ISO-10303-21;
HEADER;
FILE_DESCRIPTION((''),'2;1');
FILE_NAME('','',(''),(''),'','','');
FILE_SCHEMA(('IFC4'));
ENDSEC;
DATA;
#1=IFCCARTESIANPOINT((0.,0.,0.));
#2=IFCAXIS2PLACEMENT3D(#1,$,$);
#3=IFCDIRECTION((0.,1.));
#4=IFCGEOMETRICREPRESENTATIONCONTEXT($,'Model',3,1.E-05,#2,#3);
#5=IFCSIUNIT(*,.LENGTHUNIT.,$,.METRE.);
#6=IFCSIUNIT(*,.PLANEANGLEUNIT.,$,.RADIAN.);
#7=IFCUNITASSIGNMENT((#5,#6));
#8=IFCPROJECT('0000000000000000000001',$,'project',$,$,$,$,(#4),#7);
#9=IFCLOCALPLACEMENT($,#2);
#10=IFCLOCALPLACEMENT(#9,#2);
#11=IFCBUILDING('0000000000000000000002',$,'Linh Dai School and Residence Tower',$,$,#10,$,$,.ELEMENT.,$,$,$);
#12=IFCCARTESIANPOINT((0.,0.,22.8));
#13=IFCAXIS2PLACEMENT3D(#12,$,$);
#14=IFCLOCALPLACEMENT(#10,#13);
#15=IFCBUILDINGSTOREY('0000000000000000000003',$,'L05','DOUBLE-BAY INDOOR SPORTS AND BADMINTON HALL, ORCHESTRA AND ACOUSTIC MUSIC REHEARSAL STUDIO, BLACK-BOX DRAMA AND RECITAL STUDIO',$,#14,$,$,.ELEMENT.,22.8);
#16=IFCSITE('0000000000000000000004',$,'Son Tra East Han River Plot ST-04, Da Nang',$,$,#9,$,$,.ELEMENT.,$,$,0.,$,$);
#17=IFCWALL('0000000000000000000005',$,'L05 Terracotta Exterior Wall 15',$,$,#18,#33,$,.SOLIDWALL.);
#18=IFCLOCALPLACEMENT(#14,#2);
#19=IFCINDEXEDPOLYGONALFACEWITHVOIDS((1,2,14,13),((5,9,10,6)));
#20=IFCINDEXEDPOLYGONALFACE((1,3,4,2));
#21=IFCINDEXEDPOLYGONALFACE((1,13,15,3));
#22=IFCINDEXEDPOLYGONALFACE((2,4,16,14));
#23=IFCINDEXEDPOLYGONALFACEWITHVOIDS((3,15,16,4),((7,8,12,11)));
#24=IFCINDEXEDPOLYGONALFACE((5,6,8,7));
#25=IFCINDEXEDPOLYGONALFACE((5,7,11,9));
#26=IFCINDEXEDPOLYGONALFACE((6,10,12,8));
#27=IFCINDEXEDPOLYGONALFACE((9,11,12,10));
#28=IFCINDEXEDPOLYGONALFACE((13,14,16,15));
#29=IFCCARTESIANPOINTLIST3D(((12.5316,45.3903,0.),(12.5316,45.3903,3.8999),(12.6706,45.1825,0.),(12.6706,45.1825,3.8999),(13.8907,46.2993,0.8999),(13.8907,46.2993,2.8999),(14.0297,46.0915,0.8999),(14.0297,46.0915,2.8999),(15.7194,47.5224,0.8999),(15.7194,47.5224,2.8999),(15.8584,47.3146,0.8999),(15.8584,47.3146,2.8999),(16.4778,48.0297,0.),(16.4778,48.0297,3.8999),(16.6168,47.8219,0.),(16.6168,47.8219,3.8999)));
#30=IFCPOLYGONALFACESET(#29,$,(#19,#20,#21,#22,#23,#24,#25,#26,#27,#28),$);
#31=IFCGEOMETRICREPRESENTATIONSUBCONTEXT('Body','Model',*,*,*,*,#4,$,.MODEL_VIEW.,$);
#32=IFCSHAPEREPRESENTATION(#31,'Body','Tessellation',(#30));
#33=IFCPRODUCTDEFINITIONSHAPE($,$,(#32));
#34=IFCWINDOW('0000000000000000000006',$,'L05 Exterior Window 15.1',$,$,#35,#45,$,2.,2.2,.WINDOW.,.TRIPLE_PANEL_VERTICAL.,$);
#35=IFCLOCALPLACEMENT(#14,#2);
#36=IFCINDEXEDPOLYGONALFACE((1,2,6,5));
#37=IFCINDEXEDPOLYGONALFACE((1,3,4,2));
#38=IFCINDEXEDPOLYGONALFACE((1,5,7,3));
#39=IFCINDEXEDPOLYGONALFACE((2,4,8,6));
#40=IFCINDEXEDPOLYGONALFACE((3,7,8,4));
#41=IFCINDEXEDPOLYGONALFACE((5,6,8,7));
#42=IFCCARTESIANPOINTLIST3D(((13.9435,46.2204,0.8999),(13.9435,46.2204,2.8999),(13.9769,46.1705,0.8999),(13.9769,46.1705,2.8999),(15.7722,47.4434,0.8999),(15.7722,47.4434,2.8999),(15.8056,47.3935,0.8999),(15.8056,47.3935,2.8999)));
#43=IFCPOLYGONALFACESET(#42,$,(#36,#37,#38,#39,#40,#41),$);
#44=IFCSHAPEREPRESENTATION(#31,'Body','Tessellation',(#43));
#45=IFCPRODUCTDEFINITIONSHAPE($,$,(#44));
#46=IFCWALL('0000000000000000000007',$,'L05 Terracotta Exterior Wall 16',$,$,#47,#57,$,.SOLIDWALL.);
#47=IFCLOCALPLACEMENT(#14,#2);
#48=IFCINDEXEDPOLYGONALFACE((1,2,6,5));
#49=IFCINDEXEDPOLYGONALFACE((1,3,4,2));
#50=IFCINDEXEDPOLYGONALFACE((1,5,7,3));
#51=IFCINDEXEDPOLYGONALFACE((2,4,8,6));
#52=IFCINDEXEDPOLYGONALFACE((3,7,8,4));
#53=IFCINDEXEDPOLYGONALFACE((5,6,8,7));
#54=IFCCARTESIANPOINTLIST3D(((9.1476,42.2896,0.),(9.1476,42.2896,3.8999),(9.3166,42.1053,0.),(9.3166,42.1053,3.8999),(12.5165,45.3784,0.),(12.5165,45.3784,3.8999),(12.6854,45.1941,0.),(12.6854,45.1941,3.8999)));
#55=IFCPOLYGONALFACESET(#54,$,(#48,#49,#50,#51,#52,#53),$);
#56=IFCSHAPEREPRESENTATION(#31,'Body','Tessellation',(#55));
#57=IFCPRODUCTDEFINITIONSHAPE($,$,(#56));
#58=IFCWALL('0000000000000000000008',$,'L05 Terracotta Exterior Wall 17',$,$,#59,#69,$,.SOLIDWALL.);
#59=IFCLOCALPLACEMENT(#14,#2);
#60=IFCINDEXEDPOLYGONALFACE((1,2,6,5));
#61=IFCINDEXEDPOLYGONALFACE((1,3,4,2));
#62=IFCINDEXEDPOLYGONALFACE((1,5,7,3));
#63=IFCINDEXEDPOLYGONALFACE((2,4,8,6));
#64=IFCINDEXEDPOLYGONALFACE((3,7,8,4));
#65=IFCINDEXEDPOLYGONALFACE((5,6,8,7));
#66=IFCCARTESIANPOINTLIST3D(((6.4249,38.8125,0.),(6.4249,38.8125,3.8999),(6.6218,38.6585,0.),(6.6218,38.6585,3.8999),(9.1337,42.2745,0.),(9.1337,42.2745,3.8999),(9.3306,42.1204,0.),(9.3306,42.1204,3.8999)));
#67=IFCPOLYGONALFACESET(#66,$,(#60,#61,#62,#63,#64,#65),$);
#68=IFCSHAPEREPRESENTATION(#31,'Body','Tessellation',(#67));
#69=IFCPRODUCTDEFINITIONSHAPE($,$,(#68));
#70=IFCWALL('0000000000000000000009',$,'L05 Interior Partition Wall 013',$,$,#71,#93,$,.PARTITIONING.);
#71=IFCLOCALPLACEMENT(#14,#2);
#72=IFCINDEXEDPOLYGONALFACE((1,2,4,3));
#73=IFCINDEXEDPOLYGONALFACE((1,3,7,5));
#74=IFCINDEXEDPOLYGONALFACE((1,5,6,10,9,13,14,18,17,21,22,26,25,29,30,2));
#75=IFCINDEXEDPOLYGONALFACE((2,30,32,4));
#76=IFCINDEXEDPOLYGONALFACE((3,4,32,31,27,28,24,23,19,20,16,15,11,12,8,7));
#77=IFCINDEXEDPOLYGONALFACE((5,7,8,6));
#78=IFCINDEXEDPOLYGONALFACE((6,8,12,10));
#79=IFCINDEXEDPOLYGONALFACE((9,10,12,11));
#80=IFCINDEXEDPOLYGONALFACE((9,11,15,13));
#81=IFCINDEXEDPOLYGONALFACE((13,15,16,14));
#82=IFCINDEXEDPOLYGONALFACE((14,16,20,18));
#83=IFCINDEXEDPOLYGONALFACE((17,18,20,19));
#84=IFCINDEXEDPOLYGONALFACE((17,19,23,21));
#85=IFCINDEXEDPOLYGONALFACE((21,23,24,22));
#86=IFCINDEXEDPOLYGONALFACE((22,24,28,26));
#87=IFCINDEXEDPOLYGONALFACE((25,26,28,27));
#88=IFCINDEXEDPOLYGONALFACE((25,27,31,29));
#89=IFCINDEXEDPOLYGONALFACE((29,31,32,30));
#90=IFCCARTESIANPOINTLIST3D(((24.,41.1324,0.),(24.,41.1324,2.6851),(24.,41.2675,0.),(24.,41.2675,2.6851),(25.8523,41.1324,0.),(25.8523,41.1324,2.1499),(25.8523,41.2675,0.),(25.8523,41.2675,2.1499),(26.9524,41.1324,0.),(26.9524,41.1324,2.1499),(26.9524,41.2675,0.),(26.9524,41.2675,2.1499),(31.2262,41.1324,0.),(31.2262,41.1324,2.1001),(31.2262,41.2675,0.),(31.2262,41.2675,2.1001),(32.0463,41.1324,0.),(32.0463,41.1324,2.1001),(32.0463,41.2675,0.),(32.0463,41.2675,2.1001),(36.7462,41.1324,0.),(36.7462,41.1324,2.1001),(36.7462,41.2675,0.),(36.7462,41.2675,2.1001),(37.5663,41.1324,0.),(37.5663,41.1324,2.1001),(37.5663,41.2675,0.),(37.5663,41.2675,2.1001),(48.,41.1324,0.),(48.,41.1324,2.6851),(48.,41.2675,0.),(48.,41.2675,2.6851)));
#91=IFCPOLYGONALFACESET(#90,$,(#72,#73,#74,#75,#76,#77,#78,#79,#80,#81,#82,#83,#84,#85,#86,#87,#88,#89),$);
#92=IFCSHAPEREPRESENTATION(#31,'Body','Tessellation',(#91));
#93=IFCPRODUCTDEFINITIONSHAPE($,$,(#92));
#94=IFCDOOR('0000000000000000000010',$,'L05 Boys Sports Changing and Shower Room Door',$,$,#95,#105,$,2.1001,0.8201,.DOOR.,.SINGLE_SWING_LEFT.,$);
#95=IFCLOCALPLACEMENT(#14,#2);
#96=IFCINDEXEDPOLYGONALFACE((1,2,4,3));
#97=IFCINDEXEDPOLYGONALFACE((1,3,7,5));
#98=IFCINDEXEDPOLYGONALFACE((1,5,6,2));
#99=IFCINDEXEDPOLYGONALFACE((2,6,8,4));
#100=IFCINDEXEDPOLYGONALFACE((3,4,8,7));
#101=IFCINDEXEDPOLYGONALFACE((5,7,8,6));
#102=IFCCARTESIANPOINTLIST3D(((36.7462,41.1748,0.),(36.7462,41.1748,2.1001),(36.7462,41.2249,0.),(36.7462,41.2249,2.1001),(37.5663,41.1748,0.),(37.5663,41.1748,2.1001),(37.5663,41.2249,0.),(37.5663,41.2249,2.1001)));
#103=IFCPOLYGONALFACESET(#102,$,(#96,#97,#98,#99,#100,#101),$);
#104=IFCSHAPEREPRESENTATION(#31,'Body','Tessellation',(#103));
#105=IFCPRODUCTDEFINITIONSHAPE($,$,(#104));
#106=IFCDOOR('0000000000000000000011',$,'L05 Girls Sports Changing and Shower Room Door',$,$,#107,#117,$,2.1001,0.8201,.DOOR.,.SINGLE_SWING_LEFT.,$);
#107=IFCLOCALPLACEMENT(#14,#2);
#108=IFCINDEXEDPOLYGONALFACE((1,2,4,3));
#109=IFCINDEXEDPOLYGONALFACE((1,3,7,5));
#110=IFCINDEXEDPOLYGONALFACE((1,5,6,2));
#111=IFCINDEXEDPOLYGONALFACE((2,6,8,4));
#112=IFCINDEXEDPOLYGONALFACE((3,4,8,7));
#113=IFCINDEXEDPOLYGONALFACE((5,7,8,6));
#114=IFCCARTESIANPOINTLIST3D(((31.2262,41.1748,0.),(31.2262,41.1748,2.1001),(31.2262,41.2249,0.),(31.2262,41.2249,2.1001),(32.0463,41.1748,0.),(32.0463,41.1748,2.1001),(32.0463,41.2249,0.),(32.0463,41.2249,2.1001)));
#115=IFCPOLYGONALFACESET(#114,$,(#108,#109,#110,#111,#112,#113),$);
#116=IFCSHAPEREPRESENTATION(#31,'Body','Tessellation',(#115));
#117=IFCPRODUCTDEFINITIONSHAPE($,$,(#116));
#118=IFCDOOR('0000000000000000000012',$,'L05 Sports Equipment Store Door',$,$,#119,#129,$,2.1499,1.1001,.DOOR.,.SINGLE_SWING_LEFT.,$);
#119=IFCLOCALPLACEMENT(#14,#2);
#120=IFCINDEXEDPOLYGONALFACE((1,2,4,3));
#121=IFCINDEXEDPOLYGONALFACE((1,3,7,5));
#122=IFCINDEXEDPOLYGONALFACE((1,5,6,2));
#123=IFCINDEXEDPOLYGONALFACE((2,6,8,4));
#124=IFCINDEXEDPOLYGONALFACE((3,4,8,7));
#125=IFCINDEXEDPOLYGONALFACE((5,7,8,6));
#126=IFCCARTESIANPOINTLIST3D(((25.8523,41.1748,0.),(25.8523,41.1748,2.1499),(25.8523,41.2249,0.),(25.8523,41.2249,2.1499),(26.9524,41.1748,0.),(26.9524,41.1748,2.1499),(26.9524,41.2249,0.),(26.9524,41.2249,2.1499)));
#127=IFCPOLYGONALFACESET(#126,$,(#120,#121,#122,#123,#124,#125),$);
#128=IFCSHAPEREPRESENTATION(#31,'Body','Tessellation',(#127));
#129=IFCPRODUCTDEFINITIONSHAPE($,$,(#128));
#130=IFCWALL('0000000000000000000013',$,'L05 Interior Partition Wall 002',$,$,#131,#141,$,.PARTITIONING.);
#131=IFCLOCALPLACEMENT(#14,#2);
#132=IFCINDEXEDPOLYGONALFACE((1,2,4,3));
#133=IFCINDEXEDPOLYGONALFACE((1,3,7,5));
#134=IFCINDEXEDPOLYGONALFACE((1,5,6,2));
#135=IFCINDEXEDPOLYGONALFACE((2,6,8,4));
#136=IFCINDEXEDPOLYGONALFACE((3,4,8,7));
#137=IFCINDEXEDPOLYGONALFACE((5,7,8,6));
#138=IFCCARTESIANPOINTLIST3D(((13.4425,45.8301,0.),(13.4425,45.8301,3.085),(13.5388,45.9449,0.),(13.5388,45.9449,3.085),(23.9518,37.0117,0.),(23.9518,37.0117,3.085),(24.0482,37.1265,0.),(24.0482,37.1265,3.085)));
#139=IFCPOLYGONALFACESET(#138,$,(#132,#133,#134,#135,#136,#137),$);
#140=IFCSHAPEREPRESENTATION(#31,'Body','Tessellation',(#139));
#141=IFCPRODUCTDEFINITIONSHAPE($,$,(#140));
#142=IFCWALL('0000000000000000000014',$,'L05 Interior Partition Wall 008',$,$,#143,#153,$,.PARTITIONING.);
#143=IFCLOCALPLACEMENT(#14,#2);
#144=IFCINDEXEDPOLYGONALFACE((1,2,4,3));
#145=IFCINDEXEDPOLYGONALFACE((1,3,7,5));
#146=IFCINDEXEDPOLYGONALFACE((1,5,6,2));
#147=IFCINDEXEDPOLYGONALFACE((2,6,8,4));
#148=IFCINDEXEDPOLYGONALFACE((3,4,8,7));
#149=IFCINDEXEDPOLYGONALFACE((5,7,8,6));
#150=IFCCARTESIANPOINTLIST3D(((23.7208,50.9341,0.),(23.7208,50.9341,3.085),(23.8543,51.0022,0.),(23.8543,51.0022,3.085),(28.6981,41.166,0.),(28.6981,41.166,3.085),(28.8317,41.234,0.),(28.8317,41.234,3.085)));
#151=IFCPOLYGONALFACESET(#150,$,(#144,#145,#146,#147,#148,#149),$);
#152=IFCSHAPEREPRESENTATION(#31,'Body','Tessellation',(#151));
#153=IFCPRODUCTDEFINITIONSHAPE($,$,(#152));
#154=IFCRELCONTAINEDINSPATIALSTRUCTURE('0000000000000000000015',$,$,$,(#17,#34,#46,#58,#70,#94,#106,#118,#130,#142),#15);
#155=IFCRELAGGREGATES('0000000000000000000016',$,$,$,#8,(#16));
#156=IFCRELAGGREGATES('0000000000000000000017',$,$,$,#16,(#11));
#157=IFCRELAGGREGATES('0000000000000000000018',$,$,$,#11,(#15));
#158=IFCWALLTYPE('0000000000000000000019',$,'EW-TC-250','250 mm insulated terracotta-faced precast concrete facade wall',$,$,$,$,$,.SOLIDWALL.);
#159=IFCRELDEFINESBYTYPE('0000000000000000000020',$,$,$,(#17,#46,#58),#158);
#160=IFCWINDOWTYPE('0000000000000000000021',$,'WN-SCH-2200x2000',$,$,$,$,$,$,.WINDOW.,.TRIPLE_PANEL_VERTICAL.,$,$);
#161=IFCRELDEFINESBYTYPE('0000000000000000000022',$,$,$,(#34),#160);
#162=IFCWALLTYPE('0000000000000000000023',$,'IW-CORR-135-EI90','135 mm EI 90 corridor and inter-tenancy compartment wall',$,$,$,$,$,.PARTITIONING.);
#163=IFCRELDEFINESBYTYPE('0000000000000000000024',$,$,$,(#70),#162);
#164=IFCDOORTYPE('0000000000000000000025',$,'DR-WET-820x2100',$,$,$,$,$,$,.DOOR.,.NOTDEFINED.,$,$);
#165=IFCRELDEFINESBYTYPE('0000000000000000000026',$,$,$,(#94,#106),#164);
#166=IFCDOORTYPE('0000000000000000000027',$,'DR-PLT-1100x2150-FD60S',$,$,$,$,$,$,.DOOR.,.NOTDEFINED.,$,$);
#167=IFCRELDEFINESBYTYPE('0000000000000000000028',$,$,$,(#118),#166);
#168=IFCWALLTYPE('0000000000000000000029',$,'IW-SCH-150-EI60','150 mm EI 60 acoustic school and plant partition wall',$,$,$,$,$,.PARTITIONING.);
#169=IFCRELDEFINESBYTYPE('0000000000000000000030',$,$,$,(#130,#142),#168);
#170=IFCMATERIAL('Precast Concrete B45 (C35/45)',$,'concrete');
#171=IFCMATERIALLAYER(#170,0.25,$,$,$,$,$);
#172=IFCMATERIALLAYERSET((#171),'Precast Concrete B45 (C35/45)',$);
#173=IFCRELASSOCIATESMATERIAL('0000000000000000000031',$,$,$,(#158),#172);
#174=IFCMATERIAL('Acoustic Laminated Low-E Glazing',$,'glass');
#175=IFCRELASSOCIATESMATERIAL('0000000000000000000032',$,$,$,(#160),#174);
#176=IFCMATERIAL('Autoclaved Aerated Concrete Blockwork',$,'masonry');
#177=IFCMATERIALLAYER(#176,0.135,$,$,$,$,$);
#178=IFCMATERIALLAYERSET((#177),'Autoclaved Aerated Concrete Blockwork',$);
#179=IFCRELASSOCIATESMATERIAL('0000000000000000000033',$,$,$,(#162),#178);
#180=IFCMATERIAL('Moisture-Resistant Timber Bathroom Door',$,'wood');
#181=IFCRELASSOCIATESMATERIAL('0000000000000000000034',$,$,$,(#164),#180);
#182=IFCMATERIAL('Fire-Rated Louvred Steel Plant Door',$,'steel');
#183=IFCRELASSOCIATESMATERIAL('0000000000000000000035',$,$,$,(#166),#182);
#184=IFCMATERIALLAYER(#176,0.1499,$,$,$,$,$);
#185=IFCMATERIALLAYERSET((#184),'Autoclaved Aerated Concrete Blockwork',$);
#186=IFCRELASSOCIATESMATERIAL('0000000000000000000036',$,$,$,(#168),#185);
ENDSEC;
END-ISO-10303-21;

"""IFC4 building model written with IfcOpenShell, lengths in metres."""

from ifc_helpers import new_model, si_unit, direction, frame, frame_2d, origin, origin_2d, place, context, subcontext, project, spatial, rectangle, extrude, source, transform, mapped, material, layer, layer_set, type_object, element, fill, save


model = new_model("IFC4")

# Units and contexts
model_context = context("Model", 3, precision=1e-05, world=origin(), true_north=direction((0.0, 1.0)))
body_context = subcontext(model_context, "Body", "Model", "MODEL_VIEW")
ifc_project = project(units=[si_unit("LENGTHUNIT", "METRE"), si_unit("PLANEANGLEUNIT", "RADIAN")], contexts=[model_context])

# Site, building, storey
site_placement = place(None, origin())
site = spatial("IfcSite", under=ifc_project, at=site_placement, Name="Son Tra East Han River Plot ST-04, Da Nang", CompositionType="ELEMENT", RefElevation=0.0)
building_placement = place(site_placement, origin())
building = spatial("IfcBuilding", under=site, at=building_placement, Name="Linh Dai School and Residence Tower", CompositionType="ELEMENT")
storey_placement = place(building_placement, frame((0.0, 0.0, 22.8)))
storey = spatial("IfcBuildingStorey", under=building, at=storey_placement, Name="L05", Description="DOUBLE-BAY INDOOR SPORTS AND BADMINTON HALL, ORCHESTRA AND ACOUSTIC MUSIC REHEARSAL STUDIO, BLACK-BOX DRAMA AND RECITAL STUDIO", CompositionType="ELEMENT", Elevation=22.8)

# Wall, opening, window
ifc_material_1 = material(Name="Precast Concrete B45 (C35/45)", Category="concrete")
ifc_layer_1 = layer(ifc_material_1, 0.25)
ifc_layer_set_1 = layer_set([ifc_layer_1], Name="Precast Concrete B45 (C35/45)")
wall_type_1 = type_object("IfcWallType", Name="EW-TC-250", Description="250 mm insulated terracotta-faced precast concrete facade wall", PredefinedType="SOLIDWALL", material=ifc_layer_set_1)
ifc_material_2 = material(Name="Acoustic Laminated Low-E Glazing", Category="glass")
window_type_1 = type_object("IfcWindowType", Name="WN-SCH-2200x2000", PartitioningType="TRIPLE_PANEL_VERTICAL", PredefinedType="WINDOW", material=ifc_material_2)
shared_shape_1 = source(origin(), body_context, "Body", "SweptSolid", [
    extrude(rectangle(XDim=2.2, YDim=2.0, at=origin_2d()), frame((1.1001, 0.03, 1.0), z_axis=(0.0, -1.0, 0.0), x_axis=(1.0, 0.0, 0.0)), (0.0, 0.0, 1.0), 0.0601),
])
wall_1_placement = place(storey_placement, frame((12.6011, 45.2864, 0.0), z_axis=(0.0, 0.0, 1.0), x_axis=(0.831219, 0.555946, 0.0)))
wall_1 = element("IfcWall", 1, at=wall_1_placement, inside=storey, type_object=wall_type_1, Name="L05 Terracotta Exterior Wall 15", PredefinedType="SOLIDWALL", context=body_context, shape_type="SweptSolid", body=[
    extrude(rectangle(XDim=4.7476, YDim=0.25, at=frame_2d((2.3738, 0.0))), origin(), (0.0, 0.0, 1.0), 3.8999),
])
opening_1_placement = place(wall_1_placement, frame((1.635, 0.0, 0.8999)))
opening_1 = element("IfcOpeningElement", 2, at=opening_1_placement, cuts=wall_1, PredefinedType="OPENING", context=body_context, shape_type="SweptSolid", body=[
    extrude(rectangle(XDim=2.2, YDim=2.0, at=origin_2d()), frame((1.1001, 0.135, 1.0), z_axis=(0.0, -1.0, 0.0), x_axis=(1.0, 0.0, 0.0)), (0.0, 0.0, 1.0), 0.27),
])
window_1_placement = place(opening_1_placement, origin())
window_1 = element("IfcWindow", 3, at=window_1_placement, inside=storey, type_object=window_type_1, Name="L05 Exterior Window 15.1", OverallHeight=2.0, OverallWidth=2.2, PartitioningType="TRIPLE_PANEL_VERTICAL", PredefinedType="WINDOW", context=body_context, shape_type="MappedRepresentation", body=[
    mapped(shared_shape_1, transform((0.0, 0.0, 0.0), x_axis=(1.0, 0.0, 0.0), y_axis=(0.0, 1.0, 0.0), z_axis=(0.0, 0.0, 1.0), scale=1.0)),
])
fill(opening_1, window_1)

# Walls
wall_2_placement = place(storey_placement, frame((9.2322, 42.1975, 0.0), z_axis=(0.0, 0.0, 1.0), x_axis=(0.737077, 0.675809, 0.0)))
element("IfcWall", 4, at=wall_2_placement, inside=storey, type_object=wall_type_1, Name="L05 Terracotta Exterior Wall 16", PredefinedType="SOLIDWALL", context=body_context, shape_type="SweptSolid", body=[
    extrude(rectangle(XDim=4.5706, YDim=0.25, at=frame_2d((2.2852, 0.0))), origin(), (0.0, 0.0, 1.0), 3.8999),
])
wall_3_placement = place(storey_placement, frame((6.5234, 38.7356, 0.0), z_axis=(0.0, 0.0, 1.0), x_axis=(0.616226, 0.787569, 0.0)))
element("IfcWall", 5, at=wall_3_placement, inside=storey, type_object=wall_type_1, Name="L05 Terracotta Exterior Wall 17", PredefinedType="SOLIDWALL", context=body_context, shape_type="SweptSolid", body=[
    extrude(rectangle(XDim=4.3958, YDim=0.25, at=frame_2d((2.1978, 0.0))), origin(), (0.0, 0.0, 1.0), 3.8999),
])

# Wall, openings, doors
ifc_material_3 = material(Name="Autoclaved Aerated Concrete Blockwork", Category="masonry")
ifc_layer_2 = layer(ifc_material_3, 0.135)
ifc_layer_set_2 = layer_set([ifc_layer_2], Name="Autoclaved Aerated Concrete Blockwork")
wall_type_2 = type_object("IfcWallType", Name="IW-CORR-135-EI90", Description="135 mm EI 90 corridor and inter-tenancy compartment wall", PredefinedType="PARTITIONING", material=ifc_layer_set_2)
wall_4_placement = place(storey_placement, frame((24.0, 41.2, 0.0), z_axis=(0.0, 0.0, 1.0), x_axis=(1.0, 0.0, 0.0)))
wall_4 = element("IfcWall", 6, at=wall_4_placement, inside=storey, type_object=wall_type_2, Name="L05 Interior Partition Wall 013", PredefinedType="PARTITIONING", context=body_context, shape_type="SweptSolid", body=[
    extrude(rectangle(XDim=24.0, YDim=0.135, at=frame_2d((12.0, 0.0))), origin(), (0.0, 0.0, 1.0), 2.6851),
])
opening_2_placement = place(wall_4_placement, frame((12.7461, 0.0, 0.0)))
opening_2 = element("IfcOpeningElement", 7, at=opening_2_placement, cuts=wall_4, PredefinedType="OPENING", context=body_context, shape_type="SweptSolid", body=[
    extrude(rectangle(XDim=0.8201, YDim=2.1001, at=origin_2d()), frame((0.4102, 0.0776, 1.05), z_axis=(0.0, -1.0, 0.0), x_axis=(1.0, 0.0, 0.0)), (0.0, 0.0, 1.0), 0.155),
])
opening_3_placement = place(wall_4_placement, frame((7.2261, 0.0, 0.0)))
opening_3 = element("IfcOpeningElement", 8, at=opening_3_placement, cuts=wall_4, PredefinedType="OPENING", context=body_context, shape_type="SweptSolid", body=[
    extrude(rectangle(XDim=0.8201, YDim=2.1001, at=origin_2d()), frame((0.4102, 0.0776, 1.05), z_axis=(0.0, -1.0, 0.0), x_axis=(1.0, 0.0, 0.0)), (0.0, 0.0, 1.0), 0.155),
])
opening_4_placement = place(wall_4_placement, frame((1.8523, 0.0, 0.0)))
opening_4 = element("IfcOpeningElement", 9, at=opening_4_placement, cuts=wall_4, PredefinedType="OPENING", context=body_context, shape_type="SweptSolid", body=[
    extrude(rectangle(XDim=1.1001, YDim=2.1499, at=origin_2d()), frame((0.55, 0.0776, 1.075), z_axis=(0.0, -1.0, 0.0), x_axis=(1.0, 0.0, 0.0)), (0.0, 0.0, 1.0), 0.155),
])
ifc_material_4 = material(Name="Moisture-Resistant Timber Bathroom Door", Category="wood")
door_type_1 = type_object("IfcDoorType", Name="DR-WET-820x2100", OperationType="NOTDEFINED", PredefinedType="DOOR", material=ifc_material_4)
shared_shape_2 = source(origin(), body_context, "Body", "SweptSolid", [
    extrude(rectangle(XDim=0.8201, YDim=2.1001, at=origin_2d()), frame((0.4102, 0.0249, 1.05), z_axis=(0.0, -1.0, 0.0), x_axis=(1.0, 0.0, 0.0)), (0.0, 0.0, 1.0), 0.05),
])
door_1_placement = place(opening_2_placement, origin())
door_1 = element("IfcDoor", 10, at=door_1_placement, inside=storey, type_object=door_type_1, Name="L05 Boys Sports Changing and Shower Room Door", OperationType="SINGLE_SWING_LEFT", OverallHeight=2.1001, OverallWidth=0.8201, PredefinedType="DOOR", context=body_context, shape_type="MappedRepresentation", body=[
    mapped(shared_shape_2, transform((0.0, 0.0, 0.0), x_axis=(1.0, 0.0, 0.0), y_axis=(0.0, 1.0, 0.0), z_axis=(0.0, 0.0, 1.0), scale=1.0)),
])
fill(opening_2, door_1)
door_2_placement = place(opening_3_placement, origin())
door_2 = element("IfcDoor", 11, at=door_2_placement, inside=storey, type_object=door_type_1, Name="L05 Girls Sports Changing and Shower Room Door", OperationType="SINGLE_SWING_LEFT", OverallHeight=2.1001, OverallWidth=0.8201, PredefinedType="DOOR", context=body_context, shape_type="MappedRepresentation", body=[
    mapped(shared_shape_2, transform((0.0, 0.0, 0.0), x_axis=(1.0, 0.0, 0.0), y_axis=(0.0, 1.0, 0.0), z_axis=(0.0, 0.0, 1.0), scale=1.0)),
])
fill(opening_3, door_2)
ifc_material_5 = material(Name="Fire-Rated Louvred Steel Plant Door", Category="steel")
door_type_2 = type_object("IfcDoorType", Name="DR-PLT-1100x2150-FD60S", OperationType="NOTDEFINED", PredefinedType="DOOR", material=ifc_material_5)
shared_shape_3 = source(origin(), body_context, "Body", "SweptSolid", [
    extrude(rectangle(XDim=1.1001, YDim=2.1499, at=origin_2d()), frame((0.55, 0.0249, 1.075), z_axis=(0.0, -1.0, 0.0), x_axis=(1.0, 0.0, 0.0)), (0.0, 0.0, 1.0), 0.05),
])
door_3_placement = place(opening_4_placement, origin())
door_3 = element("IfcDoor", 12, at=door_3_placement, inside=storey, type_object=door_type_2, Name="L05 Sports Equipment Store Door", OperationType="SINGLE_SWING_LEFT", OverallHeight=2.1499, OverallWidth=1.1001, PredefinedType="DOOR", context=body_context, shape_type="MappedRepresentation", body=[
    mapped(shared_shape_3, transform((0.0, 0.0, 0.0), x_axis=(1.0, 0.0, 0.0), y_axis=(0.0, 1.0, 0.0), z_axis=(0.0, 0.0, 1.0), scale=1.0)),
])
fill(opening_4, door_3)

# Walls
ifc_layer_3 = layer(ifc_material_3, 0.1499)
ifc_layer_set_3 = layer_set([ifc_layer_3], Name="Autoclaved Aerated Concrete Blockwork")
wall_type_3 = type_object("IfcWallType", Name="IW-SCH-150-EI60", Description="150 mm EI 60 acoustic school and plant partition wall", PredefinedType="PARTITIONING", material=ifc_layer_set_3)
wall_5_placement = place(storey_placement, frame((13.4907, 45.8875, 0.0), z_axis=(0.0, 0.0, 1.0), x_axis=(0.766043, -0.642789, 0.0)))
element("IfcWall", 13, at=wall_5_placement, inside=storey, type_object=wall_type_3, Name="L05 Interior Partition Wall 002", PredefinedType="PARTITIONING", context=body_context, shape_type="SweptSolid", body=[
    extrude(rectangle(XDim=13.719, YDim=0.1499, at=frame_2d((6.8594, 0.0))), origin(), (0.0, 0.0, 1.0), 3.085),
])
wall_6_placement = place(storey_placement, frame((23.7876, 50.968, 0.0), z_axis=(0.0, 0.0, 1.0), x_axis=(0.454006, -0.890999, 0.0)))
element("IfcWall", 14, at=wall_6_placement, inside=storey, type_object=wall_type_3, Name="L05 Interior Partition Wall 008", PredefinedType="PARTITIONING", context=body_context, shape_type="SweptSolid", body=[
    extrude(rectangle(XDim=10.9631, YDim=0.1499, at=frame_2d((5.4814, 0.0))), origin(), (0.0, 0.0, 1.0), 3.085),
])

save(model, "model.ifc")
